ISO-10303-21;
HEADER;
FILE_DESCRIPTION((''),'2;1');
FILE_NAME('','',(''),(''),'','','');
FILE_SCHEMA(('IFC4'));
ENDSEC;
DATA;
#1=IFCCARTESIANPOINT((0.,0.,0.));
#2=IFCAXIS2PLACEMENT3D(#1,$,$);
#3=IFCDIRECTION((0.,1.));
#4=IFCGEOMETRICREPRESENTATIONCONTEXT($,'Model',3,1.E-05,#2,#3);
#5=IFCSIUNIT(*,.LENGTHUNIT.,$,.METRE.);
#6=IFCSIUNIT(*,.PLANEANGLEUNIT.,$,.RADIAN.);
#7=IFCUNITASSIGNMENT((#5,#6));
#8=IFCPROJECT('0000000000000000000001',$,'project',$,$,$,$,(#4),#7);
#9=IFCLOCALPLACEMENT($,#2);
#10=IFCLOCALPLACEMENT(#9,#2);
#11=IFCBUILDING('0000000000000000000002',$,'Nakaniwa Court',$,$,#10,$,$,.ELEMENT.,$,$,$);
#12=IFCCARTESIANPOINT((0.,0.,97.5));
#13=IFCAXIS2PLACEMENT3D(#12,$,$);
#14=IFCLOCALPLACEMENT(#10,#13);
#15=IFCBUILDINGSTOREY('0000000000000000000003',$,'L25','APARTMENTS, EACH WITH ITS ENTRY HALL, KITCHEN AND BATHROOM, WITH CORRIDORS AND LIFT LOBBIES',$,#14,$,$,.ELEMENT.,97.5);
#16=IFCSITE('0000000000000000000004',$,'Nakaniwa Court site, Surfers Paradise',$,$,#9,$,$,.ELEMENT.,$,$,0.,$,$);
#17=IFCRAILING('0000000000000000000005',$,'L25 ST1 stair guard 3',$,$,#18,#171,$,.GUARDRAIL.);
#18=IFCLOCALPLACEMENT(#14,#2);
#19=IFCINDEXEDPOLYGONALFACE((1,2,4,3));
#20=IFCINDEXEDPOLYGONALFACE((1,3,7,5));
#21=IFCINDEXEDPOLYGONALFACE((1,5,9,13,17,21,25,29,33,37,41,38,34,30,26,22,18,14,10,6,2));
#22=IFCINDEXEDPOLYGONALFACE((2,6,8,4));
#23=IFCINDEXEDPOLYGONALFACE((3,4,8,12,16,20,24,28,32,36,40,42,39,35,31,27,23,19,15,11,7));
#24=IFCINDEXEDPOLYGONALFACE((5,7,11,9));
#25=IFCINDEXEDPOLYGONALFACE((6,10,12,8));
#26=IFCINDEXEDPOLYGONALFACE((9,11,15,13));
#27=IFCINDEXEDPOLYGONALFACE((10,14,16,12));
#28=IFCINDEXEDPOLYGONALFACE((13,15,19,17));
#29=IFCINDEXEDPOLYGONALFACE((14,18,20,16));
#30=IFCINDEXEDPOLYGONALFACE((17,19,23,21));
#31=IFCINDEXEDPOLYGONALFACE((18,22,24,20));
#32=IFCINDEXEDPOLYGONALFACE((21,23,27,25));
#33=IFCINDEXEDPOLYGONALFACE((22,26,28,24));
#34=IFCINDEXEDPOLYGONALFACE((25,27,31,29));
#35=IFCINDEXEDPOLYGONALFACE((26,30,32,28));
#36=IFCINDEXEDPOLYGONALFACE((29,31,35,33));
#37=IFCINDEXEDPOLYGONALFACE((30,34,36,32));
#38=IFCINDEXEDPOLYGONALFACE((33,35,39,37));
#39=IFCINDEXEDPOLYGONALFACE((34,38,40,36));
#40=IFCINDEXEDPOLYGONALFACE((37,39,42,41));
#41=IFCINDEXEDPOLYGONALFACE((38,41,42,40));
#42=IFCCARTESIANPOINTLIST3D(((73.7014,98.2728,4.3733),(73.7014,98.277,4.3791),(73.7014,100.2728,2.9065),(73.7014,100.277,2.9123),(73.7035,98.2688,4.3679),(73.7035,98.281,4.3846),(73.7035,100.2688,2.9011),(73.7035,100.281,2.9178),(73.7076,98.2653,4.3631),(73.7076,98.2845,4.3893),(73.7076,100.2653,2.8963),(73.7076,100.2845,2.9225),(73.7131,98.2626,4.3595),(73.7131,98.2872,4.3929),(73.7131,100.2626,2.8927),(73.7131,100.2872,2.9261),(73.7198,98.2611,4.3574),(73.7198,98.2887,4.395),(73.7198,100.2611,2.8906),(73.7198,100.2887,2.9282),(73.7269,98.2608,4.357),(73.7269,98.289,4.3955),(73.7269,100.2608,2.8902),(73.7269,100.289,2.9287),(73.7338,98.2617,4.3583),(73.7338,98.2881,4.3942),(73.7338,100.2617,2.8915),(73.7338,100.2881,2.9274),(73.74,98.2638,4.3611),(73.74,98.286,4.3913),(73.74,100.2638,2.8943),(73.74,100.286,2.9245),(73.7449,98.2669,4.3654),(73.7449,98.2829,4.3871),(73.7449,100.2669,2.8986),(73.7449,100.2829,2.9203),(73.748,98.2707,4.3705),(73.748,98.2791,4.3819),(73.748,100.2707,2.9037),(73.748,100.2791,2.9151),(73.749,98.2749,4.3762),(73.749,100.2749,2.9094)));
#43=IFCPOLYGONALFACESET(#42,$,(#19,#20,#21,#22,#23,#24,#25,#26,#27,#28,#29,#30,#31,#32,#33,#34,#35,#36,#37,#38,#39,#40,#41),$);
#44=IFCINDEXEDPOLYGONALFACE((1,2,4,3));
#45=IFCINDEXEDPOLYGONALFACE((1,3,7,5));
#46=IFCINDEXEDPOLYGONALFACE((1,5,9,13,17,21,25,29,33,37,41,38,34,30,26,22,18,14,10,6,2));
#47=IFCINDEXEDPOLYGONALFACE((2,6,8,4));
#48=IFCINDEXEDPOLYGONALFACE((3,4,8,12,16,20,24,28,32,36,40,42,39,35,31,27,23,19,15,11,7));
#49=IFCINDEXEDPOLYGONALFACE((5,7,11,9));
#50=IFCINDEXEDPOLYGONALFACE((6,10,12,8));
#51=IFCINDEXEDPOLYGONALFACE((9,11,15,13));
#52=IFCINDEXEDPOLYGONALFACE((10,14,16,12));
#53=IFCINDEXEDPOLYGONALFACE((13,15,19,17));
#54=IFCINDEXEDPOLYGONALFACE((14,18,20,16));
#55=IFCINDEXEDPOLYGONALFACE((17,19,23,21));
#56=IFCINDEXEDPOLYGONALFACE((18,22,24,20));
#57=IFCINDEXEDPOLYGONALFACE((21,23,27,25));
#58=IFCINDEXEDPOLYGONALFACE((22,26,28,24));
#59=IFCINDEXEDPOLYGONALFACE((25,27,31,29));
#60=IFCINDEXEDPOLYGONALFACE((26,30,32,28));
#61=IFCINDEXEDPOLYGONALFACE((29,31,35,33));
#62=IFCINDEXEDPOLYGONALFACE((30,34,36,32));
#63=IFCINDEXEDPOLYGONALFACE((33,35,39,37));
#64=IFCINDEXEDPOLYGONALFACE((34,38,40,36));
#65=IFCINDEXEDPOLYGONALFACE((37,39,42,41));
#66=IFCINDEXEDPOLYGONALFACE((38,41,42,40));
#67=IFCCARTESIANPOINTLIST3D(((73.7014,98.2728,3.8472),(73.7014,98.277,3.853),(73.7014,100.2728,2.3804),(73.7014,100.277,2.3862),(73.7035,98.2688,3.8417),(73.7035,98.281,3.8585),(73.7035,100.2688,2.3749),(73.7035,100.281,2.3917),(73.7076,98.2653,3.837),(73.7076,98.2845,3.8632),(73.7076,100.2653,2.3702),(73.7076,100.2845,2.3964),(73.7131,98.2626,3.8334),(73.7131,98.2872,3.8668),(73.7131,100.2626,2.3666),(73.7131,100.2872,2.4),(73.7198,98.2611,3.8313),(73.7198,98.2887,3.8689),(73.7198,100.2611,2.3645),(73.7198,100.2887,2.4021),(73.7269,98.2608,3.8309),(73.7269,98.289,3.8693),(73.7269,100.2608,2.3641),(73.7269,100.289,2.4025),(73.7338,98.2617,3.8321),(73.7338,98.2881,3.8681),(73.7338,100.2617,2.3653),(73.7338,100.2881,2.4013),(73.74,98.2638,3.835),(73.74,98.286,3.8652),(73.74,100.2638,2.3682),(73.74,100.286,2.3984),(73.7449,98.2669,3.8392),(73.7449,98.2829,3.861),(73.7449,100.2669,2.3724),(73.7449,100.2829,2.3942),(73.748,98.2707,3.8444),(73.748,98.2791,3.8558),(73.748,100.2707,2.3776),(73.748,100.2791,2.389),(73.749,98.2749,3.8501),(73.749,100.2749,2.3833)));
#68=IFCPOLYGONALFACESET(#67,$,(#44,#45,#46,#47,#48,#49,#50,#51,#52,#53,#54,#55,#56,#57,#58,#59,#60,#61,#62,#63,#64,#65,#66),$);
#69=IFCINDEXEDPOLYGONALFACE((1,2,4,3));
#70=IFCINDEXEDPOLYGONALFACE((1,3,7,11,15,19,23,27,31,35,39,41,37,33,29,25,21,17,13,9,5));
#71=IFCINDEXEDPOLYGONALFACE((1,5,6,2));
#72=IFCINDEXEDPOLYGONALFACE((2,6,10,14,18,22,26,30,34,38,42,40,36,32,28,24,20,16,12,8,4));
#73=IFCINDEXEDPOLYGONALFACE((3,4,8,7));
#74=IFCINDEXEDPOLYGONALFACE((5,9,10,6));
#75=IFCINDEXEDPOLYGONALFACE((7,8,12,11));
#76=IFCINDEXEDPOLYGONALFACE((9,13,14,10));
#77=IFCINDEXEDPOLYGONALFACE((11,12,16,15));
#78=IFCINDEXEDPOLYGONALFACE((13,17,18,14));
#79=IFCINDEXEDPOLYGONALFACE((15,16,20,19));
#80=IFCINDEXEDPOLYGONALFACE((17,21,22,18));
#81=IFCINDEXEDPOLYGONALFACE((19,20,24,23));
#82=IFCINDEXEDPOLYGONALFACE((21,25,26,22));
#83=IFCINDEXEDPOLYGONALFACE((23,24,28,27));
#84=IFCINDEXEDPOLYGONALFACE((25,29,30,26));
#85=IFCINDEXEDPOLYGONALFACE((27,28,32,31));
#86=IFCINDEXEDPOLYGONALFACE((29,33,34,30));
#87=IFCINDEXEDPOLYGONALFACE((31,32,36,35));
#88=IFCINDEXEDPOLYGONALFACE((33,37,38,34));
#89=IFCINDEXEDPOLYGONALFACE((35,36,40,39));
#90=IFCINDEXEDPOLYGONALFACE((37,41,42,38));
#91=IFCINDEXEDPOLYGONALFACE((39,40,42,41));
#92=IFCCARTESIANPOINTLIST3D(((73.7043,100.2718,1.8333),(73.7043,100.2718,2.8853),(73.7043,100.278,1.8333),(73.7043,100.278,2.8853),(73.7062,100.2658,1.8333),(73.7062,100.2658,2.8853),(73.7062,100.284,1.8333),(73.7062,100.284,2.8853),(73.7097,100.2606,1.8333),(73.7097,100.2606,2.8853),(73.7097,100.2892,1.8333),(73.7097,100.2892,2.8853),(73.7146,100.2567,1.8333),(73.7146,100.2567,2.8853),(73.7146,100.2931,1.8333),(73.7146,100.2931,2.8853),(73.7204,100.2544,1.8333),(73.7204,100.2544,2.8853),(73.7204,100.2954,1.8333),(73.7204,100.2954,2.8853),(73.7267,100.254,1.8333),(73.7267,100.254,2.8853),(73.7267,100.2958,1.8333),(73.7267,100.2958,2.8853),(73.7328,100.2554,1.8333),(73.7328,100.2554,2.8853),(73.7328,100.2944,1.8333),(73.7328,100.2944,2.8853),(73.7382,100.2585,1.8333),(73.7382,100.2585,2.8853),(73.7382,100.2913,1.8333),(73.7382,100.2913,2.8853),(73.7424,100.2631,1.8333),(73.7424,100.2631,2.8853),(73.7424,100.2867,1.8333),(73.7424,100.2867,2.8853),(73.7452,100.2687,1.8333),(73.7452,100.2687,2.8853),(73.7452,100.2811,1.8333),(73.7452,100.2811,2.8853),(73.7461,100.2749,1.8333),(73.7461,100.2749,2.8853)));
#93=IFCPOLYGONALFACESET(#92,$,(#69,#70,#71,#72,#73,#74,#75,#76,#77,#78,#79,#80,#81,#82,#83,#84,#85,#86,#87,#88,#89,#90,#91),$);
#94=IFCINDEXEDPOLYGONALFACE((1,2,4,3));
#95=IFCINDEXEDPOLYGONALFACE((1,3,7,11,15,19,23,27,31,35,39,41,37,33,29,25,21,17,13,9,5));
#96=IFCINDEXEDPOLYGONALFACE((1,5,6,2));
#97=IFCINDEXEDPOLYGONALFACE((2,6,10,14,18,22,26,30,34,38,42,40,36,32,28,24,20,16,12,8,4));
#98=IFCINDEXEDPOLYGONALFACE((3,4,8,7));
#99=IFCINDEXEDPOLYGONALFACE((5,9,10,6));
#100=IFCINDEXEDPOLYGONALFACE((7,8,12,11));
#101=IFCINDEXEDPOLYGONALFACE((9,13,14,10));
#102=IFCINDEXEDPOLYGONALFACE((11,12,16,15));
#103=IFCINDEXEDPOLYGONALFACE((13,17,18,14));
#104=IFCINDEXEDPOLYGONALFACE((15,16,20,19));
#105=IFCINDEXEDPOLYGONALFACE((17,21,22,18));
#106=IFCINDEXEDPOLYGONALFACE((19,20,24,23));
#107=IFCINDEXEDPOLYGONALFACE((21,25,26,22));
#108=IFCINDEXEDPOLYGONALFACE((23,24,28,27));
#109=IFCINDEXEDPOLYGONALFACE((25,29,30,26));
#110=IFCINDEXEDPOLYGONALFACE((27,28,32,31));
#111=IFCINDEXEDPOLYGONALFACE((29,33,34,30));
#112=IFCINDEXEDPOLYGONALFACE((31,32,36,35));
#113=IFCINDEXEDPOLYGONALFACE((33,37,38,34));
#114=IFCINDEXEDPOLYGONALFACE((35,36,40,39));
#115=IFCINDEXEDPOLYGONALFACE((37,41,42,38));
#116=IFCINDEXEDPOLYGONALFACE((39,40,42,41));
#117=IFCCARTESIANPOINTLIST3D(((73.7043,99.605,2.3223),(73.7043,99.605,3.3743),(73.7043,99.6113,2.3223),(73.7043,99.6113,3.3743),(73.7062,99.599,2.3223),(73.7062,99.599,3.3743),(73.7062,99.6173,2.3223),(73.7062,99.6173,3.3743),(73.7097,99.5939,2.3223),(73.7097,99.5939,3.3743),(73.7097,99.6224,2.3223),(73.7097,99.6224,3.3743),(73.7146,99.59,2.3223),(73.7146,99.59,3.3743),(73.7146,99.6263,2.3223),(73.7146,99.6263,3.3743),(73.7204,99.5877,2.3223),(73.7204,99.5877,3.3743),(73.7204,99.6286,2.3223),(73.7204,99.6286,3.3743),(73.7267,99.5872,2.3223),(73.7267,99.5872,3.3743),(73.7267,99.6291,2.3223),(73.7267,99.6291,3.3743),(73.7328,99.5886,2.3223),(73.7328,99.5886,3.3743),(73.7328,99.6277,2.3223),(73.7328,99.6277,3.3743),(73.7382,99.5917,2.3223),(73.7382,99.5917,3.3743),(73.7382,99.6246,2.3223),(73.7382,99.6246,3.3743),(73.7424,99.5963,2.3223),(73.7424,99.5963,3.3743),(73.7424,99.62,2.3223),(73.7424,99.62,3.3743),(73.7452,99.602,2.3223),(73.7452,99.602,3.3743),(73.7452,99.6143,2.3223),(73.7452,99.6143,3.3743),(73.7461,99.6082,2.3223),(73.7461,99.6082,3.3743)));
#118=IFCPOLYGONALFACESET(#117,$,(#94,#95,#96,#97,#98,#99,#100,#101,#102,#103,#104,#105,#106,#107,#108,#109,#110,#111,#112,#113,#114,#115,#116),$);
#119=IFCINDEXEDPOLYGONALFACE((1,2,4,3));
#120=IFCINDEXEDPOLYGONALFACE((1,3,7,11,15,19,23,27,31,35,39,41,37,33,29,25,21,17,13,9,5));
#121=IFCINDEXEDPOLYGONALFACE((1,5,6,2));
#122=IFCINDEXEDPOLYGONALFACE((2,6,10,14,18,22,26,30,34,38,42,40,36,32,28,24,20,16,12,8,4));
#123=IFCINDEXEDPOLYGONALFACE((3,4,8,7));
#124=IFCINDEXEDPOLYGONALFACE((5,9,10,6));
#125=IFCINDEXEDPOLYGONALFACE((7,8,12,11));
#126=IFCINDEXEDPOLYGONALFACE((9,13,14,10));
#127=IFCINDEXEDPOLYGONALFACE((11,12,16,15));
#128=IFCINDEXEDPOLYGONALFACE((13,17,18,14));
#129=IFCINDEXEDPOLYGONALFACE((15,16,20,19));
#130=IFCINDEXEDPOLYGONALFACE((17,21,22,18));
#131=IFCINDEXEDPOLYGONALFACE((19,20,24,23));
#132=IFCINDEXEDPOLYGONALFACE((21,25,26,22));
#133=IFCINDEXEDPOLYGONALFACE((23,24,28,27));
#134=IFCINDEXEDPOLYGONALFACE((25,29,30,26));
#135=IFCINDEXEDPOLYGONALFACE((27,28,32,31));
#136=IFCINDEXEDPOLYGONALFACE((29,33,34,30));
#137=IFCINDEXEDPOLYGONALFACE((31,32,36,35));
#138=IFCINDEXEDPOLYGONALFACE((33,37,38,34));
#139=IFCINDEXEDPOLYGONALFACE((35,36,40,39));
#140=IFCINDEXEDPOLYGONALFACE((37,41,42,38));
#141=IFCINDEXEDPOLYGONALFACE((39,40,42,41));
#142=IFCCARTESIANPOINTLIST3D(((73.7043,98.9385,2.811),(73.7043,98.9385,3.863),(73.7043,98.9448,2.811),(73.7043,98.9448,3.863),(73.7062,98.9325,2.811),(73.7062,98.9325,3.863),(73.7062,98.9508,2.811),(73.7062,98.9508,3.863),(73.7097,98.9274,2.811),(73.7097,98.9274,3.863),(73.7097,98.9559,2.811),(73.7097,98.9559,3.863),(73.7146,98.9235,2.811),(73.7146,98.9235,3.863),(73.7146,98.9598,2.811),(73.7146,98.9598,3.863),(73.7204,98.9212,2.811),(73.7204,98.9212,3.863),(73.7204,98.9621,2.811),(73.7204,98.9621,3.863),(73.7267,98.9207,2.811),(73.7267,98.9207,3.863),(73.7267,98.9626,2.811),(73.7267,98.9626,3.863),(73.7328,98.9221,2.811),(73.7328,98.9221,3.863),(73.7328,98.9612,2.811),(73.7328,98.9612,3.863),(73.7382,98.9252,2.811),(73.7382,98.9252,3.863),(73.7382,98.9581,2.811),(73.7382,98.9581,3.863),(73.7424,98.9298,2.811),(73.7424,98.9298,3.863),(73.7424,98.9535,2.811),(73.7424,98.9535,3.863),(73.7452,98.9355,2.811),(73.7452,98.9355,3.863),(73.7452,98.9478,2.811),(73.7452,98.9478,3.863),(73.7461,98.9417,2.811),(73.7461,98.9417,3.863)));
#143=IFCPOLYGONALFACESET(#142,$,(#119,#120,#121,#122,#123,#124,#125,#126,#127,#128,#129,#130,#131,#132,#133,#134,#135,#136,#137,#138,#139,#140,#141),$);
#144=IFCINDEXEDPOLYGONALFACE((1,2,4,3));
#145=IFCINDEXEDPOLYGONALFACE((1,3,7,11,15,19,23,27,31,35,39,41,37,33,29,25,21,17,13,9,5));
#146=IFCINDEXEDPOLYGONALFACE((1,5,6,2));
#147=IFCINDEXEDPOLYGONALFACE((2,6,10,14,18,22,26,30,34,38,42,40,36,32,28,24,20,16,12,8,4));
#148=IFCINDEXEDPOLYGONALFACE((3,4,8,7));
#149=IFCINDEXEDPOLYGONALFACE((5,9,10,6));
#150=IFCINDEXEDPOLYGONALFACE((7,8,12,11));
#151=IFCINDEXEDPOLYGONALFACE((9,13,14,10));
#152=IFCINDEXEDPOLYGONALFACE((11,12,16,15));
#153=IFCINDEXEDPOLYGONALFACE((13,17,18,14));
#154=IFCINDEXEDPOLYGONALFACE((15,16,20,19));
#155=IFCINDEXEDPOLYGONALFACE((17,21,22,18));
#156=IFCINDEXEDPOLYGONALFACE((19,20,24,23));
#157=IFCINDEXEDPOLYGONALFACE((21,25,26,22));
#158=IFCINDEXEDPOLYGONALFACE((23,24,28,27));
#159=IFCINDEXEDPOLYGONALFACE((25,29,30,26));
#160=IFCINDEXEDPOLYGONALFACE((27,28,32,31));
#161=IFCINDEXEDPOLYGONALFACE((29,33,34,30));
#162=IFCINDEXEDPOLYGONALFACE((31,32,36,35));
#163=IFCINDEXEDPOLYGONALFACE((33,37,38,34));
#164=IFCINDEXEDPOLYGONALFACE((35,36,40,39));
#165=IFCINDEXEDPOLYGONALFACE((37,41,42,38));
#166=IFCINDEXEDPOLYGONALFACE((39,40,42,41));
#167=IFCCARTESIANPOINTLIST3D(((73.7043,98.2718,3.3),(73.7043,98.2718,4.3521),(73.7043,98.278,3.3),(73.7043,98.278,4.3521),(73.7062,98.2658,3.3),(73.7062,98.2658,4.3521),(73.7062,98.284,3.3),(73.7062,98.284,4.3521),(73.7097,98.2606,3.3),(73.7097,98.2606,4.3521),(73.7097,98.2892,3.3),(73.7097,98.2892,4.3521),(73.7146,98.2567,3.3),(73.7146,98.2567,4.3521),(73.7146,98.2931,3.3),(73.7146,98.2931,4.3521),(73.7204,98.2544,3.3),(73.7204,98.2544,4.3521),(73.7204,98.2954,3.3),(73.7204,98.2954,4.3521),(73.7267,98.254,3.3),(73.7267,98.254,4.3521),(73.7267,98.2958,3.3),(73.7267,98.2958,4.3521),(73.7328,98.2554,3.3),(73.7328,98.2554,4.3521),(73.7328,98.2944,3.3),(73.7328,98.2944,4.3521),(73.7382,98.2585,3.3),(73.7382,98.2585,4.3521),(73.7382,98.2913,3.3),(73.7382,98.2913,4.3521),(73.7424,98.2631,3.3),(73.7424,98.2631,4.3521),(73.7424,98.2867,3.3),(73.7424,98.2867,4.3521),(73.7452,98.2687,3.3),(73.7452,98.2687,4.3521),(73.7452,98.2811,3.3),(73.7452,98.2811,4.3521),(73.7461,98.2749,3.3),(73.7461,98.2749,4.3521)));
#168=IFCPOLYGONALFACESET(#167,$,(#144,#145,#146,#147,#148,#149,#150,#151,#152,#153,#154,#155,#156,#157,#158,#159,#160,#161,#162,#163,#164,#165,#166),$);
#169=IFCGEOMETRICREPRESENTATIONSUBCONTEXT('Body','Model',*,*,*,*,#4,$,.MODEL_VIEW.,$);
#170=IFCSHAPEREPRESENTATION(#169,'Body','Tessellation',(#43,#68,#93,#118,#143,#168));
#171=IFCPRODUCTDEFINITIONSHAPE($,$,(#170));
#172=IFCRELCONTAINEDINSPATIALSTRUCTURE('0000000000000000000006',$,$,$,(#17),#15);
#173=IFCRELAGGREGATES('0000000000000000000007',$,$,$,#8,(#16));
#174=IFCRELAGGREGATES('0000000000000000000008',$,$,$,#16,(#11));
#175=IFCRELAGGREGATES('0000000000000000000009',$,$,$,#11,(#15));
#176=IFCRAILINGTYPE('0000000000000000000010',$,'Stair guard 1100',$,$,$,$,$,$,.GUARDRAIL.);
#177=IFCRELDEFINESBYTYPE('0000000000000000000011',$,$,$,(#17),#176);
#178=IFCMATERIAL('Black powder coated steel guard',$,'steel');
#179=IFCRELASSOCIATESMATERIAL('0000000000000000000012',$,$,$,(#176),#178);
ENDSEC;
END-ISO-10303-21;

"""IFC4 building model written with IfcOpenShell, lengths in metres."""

from ifc_helpers import new_model, si_unit, direction, frame, origin, origin_2d, place, context, subcontext, project, spatial, circle, extrude, material, type_object, element, save


model = new_model("IFC4")

# Units and contexts
model_context = context("Model", 3, precision=1e-05, world=origin(), true_north=direction((0.0, 1.0)))
body_context = subcontext(model_context, "Body", "Model", "MODEL_VIEW")
ifc_project = project(units=[si_unit("LENGTHUNIT", "METRE"), si_unit("PLANEANGLEUNIT", "RADIAN")], contexts=[model_context])

# Site, building, storey
site_placement = place(None, origin())
site = spatial("IfcSite", under=ifc_project, at=site_placement, Name="Nakaniwa Court site, Surfers Paradise", CompositionType="ELEMENT", RefElevation=0.0)
building_placement = place(site_placement, origin())
building = spatial("IfcBuilding", under=site, at=building_placement, Name="Nakaniwa Court", CompositionType="ELEMENT")
storey_placement = place(building_placement, frame((0.0, 0.0, 97.5)))
storey = spatial("IfcBuildingStorey", under=building, at=storey_placement, Name="L25", Description="APARTMENTS, EACH WITH ITS ENTRY HALL, KITCHEN AND BATHROOM, WITH CORRIDORS AND LIFT LOBBIES", CompositionType="ELEMENT", Elevation=97.5)

# Railing
ifc_material_1 = material(Name="Black powder coated steel guard", Category="steel")
railing_type_1 = type_object("IfcRailingType", Name="Stair guard 1100", PredefinedType="GUARDRAIL", material=ifc_material_1)
railing_1_placement = place(storey_placement, frame((73.7251, 100.2749, 1.8333)))
element("IfcRailing", 1, at=railing_1_placement, inside=storey, type_object=railing_type_1, Name="L25 ST1 stair guard 3", PredefinedType="GUARDRAIL", context=body_context, shape_type="SweptSolid", body=[
    extrude(circle(Radius=0.0239, at=origin_2d()), frame((0.0, 0.0, 1.0762), z_axis=(0.0, -0.80638, 0.591398), x_axis=(1.0, 0.0, 0.0)), (0.0, 0.0, 1.0), 2.4802),
    extrude(circle(Radius=0.0239, at=origin_2d()), frame((0.0, 0.0, 0.55), z_axis=(0.0, -0.80638, 0.591398), x_axis=(1.0, 0.0, 0.0)), (0.0, 0.0, 1.0), 2.4802),
    extrude(circle(Radius=0.021, at=origin_2d()), origin(), (0.0, 0.0, 1.0), 1.052),
    extrude(circle(Radius=0.021, at=origin_2d()), frame((0.0, -0.6667, 0.489)), (0.0, 0.0, 1.0), 1.052),
    extrude(circle(Radius=0.021, at=origin_2d()), frame((0.0, -1.3333, 0.9778)), (0.0, 0.0, 1.0), 1.052),
    extrude(circle(Radius=0.021, at=origin_2d()), frame((0.0, -2.0, 1.4668)), (0.0, 0.0, 1.0), 1.052),
])

save(model, "model.ifc")
